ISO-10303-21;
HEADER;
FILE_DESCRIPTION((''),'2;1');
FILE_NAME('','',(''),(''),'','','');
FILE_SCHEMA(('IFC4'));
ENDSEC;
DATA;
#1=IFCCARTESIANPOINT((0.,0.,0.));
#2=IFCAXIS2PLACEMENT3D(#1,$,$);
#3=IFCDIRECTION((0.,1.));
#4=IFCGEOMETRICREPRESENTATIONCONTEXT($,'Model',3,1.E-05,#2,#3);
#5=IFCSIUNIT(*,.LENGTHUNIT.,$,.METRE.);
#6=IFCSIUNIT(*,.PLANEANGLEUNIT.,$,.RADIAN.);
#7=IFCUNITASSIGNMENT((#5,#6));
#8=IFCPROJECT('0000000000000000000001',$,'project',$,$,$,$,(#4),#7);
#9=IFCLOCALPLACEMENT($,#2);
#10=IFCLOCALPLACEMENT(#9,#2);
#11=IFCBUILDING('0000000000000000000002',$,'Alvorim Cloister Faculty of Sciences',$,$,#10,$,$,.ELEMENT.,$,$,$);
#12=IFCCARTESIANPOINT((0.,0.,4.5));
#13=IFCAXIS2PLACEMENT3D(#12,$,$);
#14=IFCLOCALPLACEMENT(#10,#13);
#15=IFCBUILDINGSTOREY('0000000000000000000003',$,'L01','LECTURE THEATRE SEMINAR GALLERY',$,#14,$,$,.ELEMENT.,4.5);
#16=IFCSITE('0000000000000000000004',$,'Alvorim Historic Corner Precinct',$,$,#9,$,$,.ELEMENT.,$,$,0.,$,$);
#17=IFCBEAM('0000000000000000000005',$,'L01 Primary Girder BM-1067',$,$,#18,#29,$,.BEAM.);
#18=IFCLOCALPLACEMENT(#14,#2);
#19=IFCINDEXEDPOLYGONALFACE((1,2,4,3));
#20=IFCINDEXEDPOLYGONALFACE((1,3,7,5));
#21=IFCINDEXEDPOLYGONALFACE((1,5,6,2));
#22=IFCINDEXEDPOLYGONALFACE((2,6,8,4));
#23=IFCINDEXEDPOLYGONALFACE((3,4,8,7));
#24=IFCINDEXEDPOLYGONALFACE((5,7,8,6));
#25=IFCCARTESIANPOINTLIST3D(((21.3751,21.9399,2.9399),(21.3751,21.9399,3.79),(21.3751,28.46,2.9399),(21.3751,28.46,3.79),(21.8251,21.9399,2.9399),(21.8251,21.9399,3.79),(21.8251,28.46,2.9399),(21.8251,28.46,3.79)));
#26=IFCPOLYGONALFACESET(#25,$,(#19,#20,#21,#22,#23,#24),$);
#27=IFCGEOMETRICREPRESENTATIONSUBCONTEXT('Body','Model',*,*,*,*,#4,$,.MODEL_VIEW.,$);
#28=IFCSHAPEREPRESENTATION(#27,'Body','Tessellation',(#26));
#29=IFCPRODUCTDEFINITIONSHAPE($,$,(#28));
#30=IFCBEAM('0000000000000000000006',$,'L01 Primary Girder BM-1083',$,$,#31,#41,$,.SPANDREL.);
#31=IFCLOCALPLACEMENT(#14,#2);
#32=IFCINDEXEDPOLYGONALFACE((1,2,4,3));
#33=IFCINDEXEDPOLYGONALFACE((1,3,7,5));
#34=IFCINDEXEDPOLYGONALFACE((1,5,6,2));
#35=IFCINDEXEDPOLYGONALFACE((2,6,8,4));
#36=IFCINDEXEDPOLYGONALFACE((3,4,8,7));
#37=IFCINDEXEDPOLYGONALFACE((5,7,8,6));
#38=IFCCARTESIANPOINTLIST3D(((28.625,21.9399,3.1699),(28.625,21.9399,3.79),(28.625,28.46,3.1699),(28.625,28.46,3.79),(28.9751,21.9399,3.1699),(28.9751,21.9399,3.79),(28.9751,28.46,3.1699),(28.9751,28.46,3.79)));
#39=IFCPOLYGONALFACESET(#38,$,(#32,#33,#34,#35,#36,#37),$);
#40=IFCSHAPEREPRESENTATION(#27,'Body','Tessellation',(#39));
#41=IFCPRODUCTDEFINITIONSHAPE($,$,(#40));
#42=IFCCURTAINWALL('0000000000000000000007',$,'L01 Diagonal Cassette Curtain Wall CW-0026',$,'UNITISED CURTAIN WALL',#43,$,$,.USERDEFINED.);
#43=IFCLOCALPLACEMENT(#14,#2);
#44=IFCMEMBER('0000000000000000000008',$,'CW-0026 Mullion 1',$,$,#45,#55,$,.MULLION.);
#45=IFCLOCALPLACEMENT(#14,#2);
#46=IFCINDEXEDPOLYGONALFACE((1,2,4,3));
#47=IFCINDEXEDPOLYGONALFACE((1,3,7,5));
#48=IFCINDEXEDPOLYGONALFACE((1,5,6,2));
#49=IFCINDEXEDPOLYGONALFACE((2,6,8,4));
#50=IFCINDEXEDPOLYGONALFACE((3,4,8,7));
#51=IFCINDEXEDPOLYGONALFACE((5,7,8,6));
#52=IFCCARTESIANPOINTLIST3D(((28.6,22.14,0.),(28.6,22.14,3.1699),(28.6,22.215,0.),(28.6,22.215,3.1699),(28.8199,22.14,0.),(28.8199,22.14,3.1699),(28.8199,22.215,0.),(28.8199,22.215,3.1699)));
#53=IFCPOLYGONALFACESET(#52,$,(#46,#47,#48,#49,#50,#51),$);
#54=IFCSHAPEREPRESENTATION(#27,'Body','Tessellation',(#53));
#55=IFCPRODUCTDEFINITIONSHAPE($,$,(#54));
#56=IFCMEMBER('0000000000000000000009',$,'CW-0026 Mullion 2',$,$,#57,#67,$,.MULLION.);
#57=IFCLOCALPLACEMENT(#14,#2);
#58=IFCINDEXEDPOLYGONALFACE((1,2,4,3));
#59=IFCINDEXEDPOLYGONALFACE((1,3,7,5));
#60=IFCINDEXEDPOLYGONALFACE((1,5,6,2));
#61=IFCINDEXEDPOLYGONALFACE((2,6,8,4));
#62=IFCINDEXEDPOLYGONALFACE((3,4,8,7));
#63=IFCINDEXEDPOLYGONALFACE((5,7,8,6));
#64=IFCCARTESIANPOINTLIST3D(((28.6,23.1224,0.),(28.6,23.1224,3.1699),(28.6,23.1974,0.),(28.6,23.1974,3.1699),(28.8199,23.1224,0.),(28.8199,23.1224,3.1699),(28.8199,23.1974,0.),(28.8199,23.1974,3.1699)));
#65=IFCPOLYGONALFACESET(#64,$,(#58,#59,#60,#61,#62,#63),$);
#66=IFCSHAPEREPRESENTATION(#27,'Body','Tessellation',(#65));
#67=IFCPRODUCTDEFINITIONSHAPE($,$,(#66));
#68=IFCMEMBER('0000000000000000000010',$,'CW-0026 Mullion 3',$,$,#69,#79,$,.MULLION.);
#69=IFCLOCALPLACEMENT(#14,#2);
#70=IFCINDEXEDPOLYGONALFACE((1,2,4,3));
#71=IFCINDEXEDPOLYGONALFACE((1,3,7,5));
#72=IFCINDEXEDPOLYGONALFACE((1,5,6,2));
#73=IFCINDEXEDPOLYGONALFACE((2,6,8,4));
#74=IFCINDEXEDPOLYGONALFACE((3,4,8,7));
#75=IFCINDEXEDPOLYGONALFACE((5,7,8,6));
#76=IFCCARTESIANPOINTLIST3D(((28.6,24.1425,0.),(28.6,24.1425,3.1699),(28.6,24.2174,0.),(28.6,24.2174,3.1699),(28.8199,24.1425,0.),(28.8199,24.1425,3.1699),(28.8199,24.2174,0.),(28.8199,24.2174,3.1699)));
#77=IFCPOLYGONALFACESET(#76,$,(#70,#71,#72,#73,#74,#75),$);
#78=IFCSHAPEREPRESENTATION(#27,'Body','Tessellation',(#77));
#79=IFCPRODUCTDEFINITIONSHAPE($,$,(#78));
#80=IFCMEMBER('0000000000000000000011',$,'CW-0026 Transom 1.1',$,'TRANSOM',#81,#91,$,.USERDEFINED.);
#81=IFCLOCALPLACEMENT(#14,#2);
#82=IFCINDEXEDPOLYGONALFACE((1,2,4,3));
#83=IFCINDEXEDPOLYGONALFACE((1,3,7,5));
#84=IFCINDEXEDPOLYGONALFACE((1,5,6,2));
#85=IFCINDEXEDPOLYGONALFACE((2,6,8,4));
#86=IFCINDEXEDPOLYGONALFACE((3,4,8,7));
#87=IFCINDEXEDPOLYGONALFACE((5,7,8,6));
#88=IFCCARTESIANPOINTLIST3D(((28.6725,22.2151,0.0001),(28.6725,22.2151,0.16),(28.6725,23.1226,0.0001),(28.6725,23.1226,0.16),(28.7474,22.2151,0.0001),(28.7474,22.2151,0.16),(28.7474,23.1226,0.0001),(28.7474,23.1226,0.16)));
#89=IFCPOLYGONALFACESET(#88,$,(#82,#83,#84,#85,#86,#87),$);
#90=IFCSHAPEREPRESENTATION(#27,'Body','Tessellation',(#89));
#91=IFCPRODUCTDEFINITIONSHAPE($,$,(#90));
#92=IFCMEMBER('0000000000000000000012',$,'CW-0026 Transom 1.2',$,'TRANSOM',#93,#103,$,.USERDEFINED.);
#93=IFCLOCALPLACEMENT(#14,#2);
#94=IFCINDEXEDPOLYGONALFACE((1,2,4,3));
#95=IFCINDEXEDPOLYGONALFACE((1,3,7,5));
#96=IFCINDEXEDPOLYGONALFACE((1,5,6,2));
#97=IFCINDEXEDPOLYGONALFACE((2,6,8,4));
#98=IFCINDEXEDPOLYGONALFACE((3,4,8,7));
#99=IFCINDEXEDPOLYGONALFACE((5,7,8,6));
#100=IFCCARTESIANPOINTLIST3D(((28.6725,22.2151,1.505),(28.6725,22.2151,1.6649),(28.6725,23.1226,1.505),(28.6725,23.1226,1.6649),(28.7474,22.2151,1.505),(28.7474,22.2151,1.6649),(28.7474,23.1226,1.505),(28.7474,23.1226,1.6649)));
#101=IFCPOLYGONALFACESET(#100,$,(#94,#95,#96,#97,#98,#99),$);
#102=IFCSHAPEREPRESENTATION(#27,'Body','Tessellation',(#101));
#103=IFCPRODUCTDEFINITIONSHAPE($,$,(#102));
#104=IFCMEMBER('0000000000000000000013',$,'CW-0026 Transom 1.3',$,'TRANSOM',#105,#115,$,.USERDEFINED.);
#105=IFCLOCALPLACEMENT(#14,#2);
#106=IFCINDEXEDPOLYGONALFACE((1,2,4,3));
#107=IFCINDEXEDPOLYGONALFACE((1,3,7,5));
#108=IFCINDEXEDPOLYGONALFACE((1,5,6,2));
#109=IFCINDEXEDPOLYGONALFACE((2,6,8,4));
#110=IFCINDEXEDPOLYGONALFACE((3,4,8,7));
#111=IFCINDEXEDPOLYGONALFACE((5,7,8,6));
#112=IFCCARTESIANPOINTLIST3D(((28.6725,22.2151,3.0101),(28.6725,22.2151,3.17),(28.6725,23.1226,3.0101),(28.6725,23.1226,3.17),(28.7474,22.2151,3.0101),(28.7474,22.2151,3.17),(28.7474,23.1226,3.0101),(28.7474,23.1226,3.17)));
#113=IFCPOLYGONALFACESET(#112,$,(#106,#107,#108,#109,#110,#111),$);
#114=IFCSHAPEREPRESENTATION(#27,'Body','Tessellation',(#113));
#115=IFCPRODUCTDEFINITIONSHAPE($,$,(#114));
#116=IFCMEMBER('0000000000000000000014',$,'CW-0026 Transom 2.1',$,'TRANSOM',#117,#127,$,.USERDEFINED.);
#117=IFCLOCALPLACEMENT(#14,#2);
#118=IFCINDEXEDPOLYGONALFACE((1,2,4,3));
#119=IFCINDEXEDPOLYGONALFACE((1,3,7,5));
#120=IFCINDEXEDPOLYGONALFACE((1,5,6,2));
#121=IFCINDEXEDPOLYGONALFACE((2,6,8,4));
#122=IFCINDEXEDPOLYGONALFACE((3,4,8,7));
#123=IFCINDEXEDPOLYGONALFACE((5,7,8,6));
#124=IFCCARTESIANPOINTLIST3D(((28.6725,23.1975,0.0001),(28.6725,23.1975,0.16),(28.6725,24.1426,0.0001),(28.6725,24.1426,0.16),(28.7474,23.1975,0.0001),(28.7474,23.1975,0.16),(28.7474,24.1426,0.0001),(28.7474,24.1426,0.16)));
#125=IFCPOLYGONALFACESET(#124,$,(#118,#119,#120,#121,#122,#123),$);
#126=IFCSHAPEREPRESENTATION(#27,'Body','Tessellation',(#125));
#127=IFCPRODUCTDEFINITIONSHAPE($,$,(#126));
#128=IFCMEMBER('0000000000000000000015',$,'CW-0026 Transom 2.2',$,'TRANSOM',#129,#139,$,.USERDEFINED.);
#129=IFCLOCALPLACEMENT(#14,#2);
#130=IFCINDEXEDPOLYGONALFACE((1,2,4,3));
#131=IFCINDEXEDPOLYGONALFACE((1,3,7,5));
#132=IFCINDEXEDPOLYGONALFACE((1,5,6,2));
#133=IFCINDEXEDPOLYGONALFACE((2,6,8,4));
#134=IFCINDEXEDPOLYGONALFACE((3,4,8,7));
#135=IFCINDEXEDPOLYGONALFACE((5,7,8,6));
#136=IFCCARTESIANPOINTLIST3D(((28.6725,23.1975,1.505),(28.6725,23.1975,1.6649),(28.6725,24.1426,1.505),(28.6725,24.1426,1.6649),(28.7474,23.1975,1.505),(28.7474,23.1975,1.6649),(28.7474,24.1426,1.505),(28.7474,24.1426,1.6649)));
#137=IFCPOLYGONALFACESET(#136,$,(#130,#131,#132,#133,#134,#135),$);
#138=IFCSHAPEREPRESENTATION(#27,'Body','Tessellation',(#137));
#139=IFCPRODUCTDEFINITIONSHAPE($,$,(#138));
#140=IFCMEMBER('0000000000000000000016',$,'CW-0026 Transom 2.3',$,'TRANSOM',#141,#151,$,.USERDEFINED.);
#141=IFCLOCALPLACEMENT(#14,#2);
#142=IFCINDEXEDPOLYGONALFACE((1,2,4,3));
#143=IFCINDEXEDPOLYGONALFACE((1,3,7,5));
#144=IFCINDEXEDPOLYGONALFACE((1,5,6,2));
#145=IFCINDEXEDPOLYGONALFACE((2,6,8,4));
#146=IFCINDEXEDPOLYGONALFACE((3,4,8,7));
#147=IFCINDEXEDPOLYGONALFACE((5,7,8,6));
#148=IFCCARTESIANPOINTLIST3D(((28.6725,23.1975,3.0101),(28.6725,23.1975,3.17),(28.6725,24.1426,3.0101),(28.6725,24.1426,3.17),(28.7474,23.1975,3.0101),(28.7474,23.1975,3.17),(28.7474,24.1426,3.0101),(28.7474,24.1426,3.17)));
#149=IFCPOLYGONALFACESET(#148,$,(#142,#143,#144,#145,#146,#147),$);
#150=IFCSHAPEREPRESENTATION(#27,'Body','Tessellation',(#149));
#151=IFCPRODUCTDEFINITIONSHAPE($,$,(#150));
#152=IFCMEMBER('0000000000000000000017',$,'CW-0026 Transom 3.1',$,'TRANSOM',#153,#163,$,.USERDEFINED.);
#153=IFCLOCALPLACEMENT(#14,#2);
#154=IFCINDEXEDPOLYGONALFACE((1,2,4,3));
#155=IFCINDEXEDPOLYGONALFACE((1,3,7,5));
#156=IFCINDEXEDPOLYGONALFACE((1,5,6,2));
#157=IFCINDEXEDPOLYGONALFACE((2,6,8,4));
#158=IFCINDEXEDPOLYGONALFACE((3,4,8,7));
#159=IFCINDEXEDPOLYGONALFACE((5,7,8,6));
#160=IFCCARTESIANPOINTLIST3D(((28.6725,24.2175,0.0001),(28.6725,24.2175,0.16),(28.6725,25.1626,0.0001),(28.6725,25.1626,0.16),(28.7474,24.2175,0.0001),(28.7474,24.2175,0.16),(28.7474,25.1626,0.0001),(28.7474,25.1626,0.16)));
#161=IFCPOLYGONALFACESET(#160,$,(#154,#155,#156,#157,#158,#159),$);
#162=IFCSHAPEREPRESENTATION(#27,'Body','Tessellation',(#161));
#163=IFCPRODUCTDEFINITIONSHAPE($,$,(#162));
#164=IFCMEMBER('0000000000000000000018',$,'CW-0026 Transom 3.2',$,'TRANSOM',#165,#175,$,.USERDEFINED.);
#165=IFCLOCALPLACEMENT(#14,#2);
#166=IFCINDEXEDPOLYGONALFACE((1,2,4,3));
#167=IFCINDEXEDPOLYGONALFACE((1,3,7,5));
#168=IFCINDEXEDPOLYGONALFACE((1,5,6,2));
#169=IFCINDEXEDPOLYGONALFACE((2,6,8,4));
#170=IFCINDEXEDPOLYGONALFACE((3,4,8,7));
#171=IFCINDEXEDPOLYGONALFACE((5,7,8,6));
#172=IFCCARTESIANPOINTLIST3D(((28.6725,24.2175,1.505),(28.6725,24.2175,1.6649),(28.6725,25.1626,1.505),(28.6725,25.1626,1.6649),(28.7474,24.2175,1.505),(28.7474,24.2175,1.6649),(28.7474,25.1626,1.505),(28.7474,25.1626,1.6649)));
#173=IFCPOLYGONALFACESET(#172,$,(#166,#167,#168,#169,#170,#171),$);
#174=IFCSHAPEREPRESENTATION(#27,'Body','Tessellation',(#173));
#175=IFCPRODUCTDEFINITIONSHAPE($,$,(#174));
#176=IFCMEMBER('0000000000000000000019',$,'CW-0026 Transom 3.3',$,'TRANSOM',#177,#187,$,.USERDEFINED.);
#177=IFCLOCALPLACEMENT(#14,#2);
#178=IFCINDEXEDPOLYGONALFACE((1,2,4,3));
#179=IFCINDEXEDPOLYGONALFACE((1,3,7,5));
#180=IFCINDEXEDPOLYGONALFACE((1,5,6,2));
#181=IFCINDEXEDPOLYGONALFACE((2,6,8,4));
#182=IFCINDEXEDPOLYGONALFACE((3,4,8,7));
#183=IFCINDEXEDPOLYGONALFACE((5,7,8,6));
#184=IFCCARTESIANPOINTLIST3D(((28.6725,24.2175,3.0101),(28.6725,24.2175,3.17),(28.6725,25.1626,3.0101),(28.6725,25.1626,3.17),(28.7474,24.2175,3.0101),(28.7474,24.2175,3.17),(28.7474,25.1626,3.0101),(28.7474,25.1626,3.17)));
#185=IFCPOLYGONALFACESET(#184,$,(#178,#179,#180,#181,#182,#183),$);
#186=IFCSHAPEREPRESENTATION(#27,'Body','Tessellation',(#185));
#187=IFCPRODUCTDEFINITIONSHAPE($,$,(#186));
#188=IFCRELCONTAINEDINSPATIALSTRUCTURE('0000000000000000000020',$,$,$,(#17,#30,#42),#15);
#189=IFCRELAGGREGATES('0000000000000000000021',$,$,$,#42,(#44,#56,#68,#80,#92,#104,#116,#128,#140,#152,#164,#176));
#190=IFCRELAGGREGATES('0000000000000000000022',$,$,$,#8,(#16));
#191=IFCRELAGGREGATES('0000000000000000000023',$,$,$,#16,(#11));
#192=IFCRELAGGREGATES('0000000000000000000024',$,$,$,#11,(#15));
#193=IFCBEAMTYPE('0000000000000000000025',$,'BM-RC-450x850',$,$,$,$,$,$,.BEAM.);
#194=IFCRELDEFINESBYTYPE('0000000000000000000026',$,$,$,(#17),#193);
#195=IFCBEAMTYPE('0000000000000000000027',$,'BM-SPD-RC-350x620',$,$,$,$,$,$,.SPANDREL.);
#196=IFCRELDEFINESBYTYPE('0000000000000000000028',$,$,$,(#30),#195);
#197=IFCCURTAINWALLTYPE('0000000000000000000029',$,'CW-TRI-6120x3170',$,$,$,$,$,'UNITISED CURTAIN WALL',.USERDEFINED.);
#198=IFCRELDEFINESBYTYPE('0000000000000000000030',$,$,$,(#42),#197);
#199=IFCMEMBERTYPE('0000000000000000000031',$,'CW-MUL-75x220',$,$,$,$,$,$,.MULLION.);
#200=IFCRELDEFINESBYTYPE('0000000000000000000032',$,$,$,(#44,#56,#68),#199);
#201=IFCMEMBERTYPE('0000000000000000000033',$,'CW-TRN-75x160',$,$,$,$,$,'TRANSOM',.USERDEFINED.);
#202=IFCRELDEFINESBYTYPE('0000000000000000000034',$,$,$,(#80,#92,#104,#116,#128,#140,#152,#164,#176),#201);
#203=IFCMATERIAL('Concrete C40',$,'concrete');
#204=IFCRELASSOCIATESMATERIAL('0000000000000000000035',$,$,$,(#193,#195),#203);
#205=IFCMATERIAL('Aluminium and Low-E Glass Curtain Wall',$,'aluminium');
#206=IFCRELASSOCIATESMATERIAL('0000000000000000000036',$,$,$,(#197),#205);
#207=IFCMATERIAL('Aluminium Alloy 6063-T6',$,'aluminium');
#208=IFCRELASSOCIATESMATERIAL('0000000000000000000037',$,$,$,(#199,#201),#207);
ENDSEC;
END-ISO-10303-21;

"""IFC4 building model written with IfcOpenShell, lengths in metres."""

from ifc_helpers import new_model, si_unit, direction, frame, origin, origin_2d, place, context, subcontext, project, spatial, rectangle, extrude, material, material_profile, profile_set, type_object, element, aggregate, save


model = new_model("IFC4")

# Units and contexts
model_context = context("Model", 3, precision=1e-05, world=origin(), true_north=direction((0.0, 1.0)))
body_context = subcontext(model_context, "Body", "Model", "MODEL_VIEW")
ifc_project = project(units=[si_unit("LENGTHUNIT", "METRE"), si_unit("PLANEANGLEUNIT", "RADIAN")], contexts=[model_context])

# Site, building, storey
site_placement = place(None, origin())
site = spatial("IfcSite", under=ifc_project, at=site_placement, Name="Alvorim Historic Corner Precinct", CompositionType="ELEMENT", RefElevation=0.0)
building_placement = place(site_placement, origin())
building = spatial("IfcBuilding", under=site, at=building_placement, Name="Alvorim Cloister Faculty of Sciences", CompositionType="ELEMENT")
storey_placement = place(building_placement, frame((0.0, 0.0, 4.5)))
storey = spatial("IfcBuildingStorey", under=building, at=storey_placement, Name="L01", Description="LECTURE THEATRE SEMINAR GALLERY", CompositionType="ELEMENT", Elevation=4.5)

# Beams
ifc_material_1 = material(Name="Concrete C40", Category="concrete")
ifc_material_profile_1 = material_profile(ifc_material_1, rectangle(XDim=0.45, YDim=0.8501, at=origin_2d()), Name="RC40-BM-450x850")
ifc_profile_set_1 = profile_set([ifc_material_profile_1], Name="Concrete C40")
beam_type_1 = type_object("IfcBeamType", Name="BM-RC-450x850", PredefinedType="BEAM", material=ifc_profile_set_1)
beam_1_placement = place(storey_placement, frame((21.6001, 21.9399, 3.365), z_axis=(0.0, 1.0, 0.0), x_axis=(-1.0, 0.0, 0.0)))
element("IfcBeam", 1, at=beam_1_placement, inside=storey, type_object=beam_type_1, Name="L01 Primary Girder BM-1067", PredefinedType="BEAM", context=body_context, shape_type="SweptSolid", body=[
    extrude(rectangle(XDim=0.45, YDim=0.8501, at=origin_2d()), origin(), (0.0, 0.0, 1.0), 6.52),
])
ifc_material_profile_2 = material_profile(ifc_material_1, rectangle(XDim=0.3501, YDim=0.6201, at=origin_2d()), Name="RC40-SPD-350x620")
ifc_profile_set_2 = profile_set([ifc_material_profile_2], Name="Concrete C40")
beam_type_2 = type_object("IfcBeamType", Name="BM-SPD-RC-350x620", PredefinedType="SPANDREL", material=ifc_profile_set_2)
beam_2_placement = place(storey_placement, frame((28.8, 21.9399, 3.48), z_axis=(0.0, 1.0, 0.0), x_axis=(-1.0, 0.0, 0.0)))
element("IfcBeam", 2, at=beam_2_placement, inside=storey, type_object=beam_type_2, Name="L01 Primary Girder BM-1083", PredefinedType="SPANDREL", context=body_context, shape_type="SweptSolid", body=[
    extrude(rectangle(XDim=0.3501, YDim=0.6201, at=origin_2d()), origin(), (0.0, 0.0, 1.0), 6.52),
])

# Curtain wall, members
ifc_material_2 = material(Name="Aluminium and Low-E Glass Curtain Wall", Category="aluminium")
curtain_wall_type = type_object("IfcCurtainWallType", Name="CW-TRI-6120x3170", ElementType="UNITISED CURTAIN WALL", PredefinedType="USERDEFINED", material=ifc_material_2)
curtain_wall_placement = place(storey_placement, origin())
curtain_wall = element("IfcCurtainWall", 3, at=curtain_wall_placement, inside=storey, type_object=curtain_wall_type, Name="L01 Diagonal Cassette Curtain Wall CW-0026", ObjectType="UNITISED CURTAIN WALL", PredefinedType="USERDEFINED")
ifc_material_3 = material(Name="Aluminium Alloy 6063-T6", Category="aluminium")
ifc_material_profile_3 = material_profile(ifc_material_3, rectangle(XDim=0.075, YDim=0.22, at=origin_2d()), Name="ALU-MUL-75x220")
ifc_profile_set_3 = profile_set([ifc_material_profile_3], Name="Aluminium Alloy 6063-T6")
member_type_1 = type_object("IfcMemberType", Name="CW-MUL-75x220", PredefinedType="MULLION", material=ifc_profile_set_3)
member_1_placement = place(storey_placement, frame((28.71, 22.1775, 0.0), z_axis=(0.0, 0.0, 1.0), x_axis=(0.0, 1.0, 0.0)))
member_1 = element("IfcMember", 4, at=member_1_placement, type_object=member_type_1, Name="CW-0026 Mullion 1", PredefinedType="MULLION", context=body_context, shape_type="SweptSolid", body=[
    extrude(rectangle(XDim=0.075, YDim=0.22, at=origin_2d()), origin(), (0.0, 0.0, 1.0), 3.1699),
])
member_2_placement = place(storey_placement, frame((28.71, 23.1599, 0.0), z_axis=(0.0, 0.0, 1.0), x_axis=(0.0, 1.0, 0.0)))
member_2 = element("IfcMember", 5, at=member_2_placement, type_object=member_type_1, Name="CW-0026 Mullion 2", PredefinedType="MULLION", context=body_context, shape_type="SweptSolid", body=[
    extrude(rectangle(XDim=0.075, YDim=0.22, at=origin_2d()), origin(), (0.0, 0.0, 1.0), 3.1699),
])
member_3_placement = place(storey_placement, frame((28.71, 24.1799, 0.0), z_axis=(0.0, 0.0, 1.0), x_axis=(0.0, 1.0, 0.0)))
member_3 = element("IfcMember", 6, at=member_3_placement, type_object=member_type_1, Name="CW-0026 Mullion 3", PredefinedType="MULLION", context=body_context, shape_type="SweptSolid", body=[
    extrude(rectangle(XDim=0.075, YDim=0.22, at=origin_2d()), origin(), (0.0, 0.0, 1.0), 3.1699),
])
ifc_material_profile_4 = material_profile(ifc_material_3, rectangle(XDim=0.075, YDim=0.1599, at=origin_2d()), Name="ALU-TRN-75x160")
ifc_profile_set_4 = profile_set([ifc_material_profile_4], Name="Aluminium Alloy 6063-T6")
member_type_2 = type_object("IfcMemberType", Name="CW-TRN-75x160", ElementType="TRANSOM", PredefinedType="USERDEFINED", material=ifc_profile_set_4)
member_4_placement = place(storey_placement, frame((28.71, 22.2151, 0.0801), z_axis=(0.0, 1.0, 0.0), x_axis=(-1.0, 0.0, 0.0)))
member_4 = element("IfcMember", 7, at=member_4_placement, type_object=member_type_2, Name="CW-0026 Transom 1.1", ObjectType="TRANSOM", PredefinedType="USERDEFINED", context=body_context, shape_type="SweptSolid", body=[
    extrude(rectangle(XDim=0.075, YDim=0.1599, at=origin_2d()), origin(), (0.0, 0.0, 1.0), 0.9075),
])
member_5_placement = place(storey_placement, frame((28.71, 22.2151, 1.585), z_axis=(0.0, 1.0, 0.0), x_axis=(-1.0, 0.0, 0.0)))
member_5 = element("IfcMember", 8, at=member_5_placement, type_object=member_type_2, Name="CW-0026 Transom 1.2", ObjectType="TRANSOM", PredefinedType="USERDEFINED", context=body_context, shape_type="SweptSolid", body=[
    extrude(rectangle(XDim=0.075, YDim=0.1599, at=origin_2d()), origin(), (0.0, 0.0, 1.0), 0.9075),
])
member_6_placement = place(storey_placement, frame((28.71, 22.2151, 3.0901), z_axis=(0.0, 1.0, 0.0), x_axis=(-1.0, 0.0, 0.0)))
member_6 = element("IfcMember", 9, at=member_6_placement, type_object=member_type_2, Name="CW-0026 Transom 1.3", ObjectType="TRANSOM", PredefinedType="USERDEFINED", context=body_context, shape_type="SweptSolid", body=[
    extrude(rectangle(XDim=0.075, YDim=0.1599, at=origin_2d()), origin(), (0.0, 0.0, 1.0), 0.9075),
])
member_7_placement = place(storey_placement, frame((28.71, 23.1975, 0.0801), z_axis=(0.0, 1.0, 0.0), x_axis=(-1.0, 0.0, 0.0)))
member_7 = element("IfcMember", 10, at=member_7_placement, type_object=member_type_2, Name="CW-0026 Transom 2.1", ObjectType="TRANSOM", PredefinedType="USERDEFINED", context=body_context, shape_type="SweptSolid", body=[
    extrude(rectangle(XDim=0.075, YDim=0.1599, at=origin_2d()), origin(), (0.0, 0.0, 1.0), 0.9451),
])
member_8_placement = place(storey_placement, frame((28.71, 23.1975, 1.585), z_axis=(0.0, 1.0, 0.0), x_axis=(-1.0, 0.0, 0.0)))
member_8 = element("IfcMember", 11, at=member_8_placement, type_object=member_type_2, Name="CW-0026 Transom 2.2", ObjectType="TRANSOM", PredefinedType="USERDEFINED", context=body_context, shape_type="SweptSolid", body=[
    extrude(rectangle(XDim=0.075, YDim=0.1599, at=origin_2d()), origin(), (0.0, 0.0, 1.0), 0.9451),
])
member_9_placement = place(storey_placement, frame((28.71, 23.1975, 3.0901), z_axis=(0.0, 1.0, 0.0), x_axis=(-1.0, 0.0, 0.0)))
member_9 = element("IfcMember", 12, at=member_9_placement, type_object=member_type_2, Name="CW-0026 Transom 2.3", ObjectType="TRANSOM", PredefinedType="USERDEFINED", context=body_context, shape_type="SweptSolid", body=[
    extrude(rectangle(XDim=0.075, YDim=0.1599, at=origin_2d()), origin(), (0.0, 0.0, 1.0), 0.9451),
])
member_10_placement = place(storey_placement, frame((28.71, 24.2175, 0.0801), z_axis=(0.0, 1.0, 0.0), x_axis=(-1.0, 0.0, 0.0)))
member_10 = element("IfcMember", 13, at=member_10_placement, type_object=member_type_2, Name="CW-0026 Transom 3.1", ObjectType="TRANSOM", PredefinedType="USERDEFINED", context=body_context, shape_type="SweptSolid", body=[
    extrude(rectangle(XDim=0.075, YDim=0.1599, at=origin_2d()), origin(), (0.0, 0.0, 1.0), 0.9451),
])
member_11_placement = place(storey_placement, frame((28.71, 24.2175, 1.585), z_axis=(0.0, 1.0, 0.0), x_axis=(-1.0, 0.0, 0.0)))
member_11 = element("IfcMember", 14, at=member_11_placement, type_object=member_type_2, Name="CW-0026 Transom 3.2", ObjectType="TRANSOM", PredefinedType="USERDEFINED", context=body_context, shape_type="SweptSolid", body=[
    extrude(rectangle(XDim=0.075, YDim=0.1599, at=origin_2d()), origin(), (0.0, 0.0, 1.0), 0.9451),
])
member_12_placement = place(storey_placement, frame((28.71, 24.2175, 3.0901), z_axis=(0.0, 1.0, 0.0), x_axis=(-1.0, 0.0, 0.0)))
member_12 = element("IfcMember", 15, at=member_12_placement, type_object=member_type_2, Name="CW-0026 Transom 3.3", ObjectType="TRANSOM", PredefinedType="USERDEFINED", context=body_context, shape_type="SweptSolid", body=[
    extrude(rectangle(XDim=0.075, YDim=0.1599, at=origin_2d()), origin(), (0.0, 0.0, 1.0), 0.9451),
])
aggregate(curtain_wall, [member_1, member_2, member_3, member_4, member_5, member_6, member_7, member_8, member_9, member_10, member_11, member_12])

save(model, "model.ifc")
